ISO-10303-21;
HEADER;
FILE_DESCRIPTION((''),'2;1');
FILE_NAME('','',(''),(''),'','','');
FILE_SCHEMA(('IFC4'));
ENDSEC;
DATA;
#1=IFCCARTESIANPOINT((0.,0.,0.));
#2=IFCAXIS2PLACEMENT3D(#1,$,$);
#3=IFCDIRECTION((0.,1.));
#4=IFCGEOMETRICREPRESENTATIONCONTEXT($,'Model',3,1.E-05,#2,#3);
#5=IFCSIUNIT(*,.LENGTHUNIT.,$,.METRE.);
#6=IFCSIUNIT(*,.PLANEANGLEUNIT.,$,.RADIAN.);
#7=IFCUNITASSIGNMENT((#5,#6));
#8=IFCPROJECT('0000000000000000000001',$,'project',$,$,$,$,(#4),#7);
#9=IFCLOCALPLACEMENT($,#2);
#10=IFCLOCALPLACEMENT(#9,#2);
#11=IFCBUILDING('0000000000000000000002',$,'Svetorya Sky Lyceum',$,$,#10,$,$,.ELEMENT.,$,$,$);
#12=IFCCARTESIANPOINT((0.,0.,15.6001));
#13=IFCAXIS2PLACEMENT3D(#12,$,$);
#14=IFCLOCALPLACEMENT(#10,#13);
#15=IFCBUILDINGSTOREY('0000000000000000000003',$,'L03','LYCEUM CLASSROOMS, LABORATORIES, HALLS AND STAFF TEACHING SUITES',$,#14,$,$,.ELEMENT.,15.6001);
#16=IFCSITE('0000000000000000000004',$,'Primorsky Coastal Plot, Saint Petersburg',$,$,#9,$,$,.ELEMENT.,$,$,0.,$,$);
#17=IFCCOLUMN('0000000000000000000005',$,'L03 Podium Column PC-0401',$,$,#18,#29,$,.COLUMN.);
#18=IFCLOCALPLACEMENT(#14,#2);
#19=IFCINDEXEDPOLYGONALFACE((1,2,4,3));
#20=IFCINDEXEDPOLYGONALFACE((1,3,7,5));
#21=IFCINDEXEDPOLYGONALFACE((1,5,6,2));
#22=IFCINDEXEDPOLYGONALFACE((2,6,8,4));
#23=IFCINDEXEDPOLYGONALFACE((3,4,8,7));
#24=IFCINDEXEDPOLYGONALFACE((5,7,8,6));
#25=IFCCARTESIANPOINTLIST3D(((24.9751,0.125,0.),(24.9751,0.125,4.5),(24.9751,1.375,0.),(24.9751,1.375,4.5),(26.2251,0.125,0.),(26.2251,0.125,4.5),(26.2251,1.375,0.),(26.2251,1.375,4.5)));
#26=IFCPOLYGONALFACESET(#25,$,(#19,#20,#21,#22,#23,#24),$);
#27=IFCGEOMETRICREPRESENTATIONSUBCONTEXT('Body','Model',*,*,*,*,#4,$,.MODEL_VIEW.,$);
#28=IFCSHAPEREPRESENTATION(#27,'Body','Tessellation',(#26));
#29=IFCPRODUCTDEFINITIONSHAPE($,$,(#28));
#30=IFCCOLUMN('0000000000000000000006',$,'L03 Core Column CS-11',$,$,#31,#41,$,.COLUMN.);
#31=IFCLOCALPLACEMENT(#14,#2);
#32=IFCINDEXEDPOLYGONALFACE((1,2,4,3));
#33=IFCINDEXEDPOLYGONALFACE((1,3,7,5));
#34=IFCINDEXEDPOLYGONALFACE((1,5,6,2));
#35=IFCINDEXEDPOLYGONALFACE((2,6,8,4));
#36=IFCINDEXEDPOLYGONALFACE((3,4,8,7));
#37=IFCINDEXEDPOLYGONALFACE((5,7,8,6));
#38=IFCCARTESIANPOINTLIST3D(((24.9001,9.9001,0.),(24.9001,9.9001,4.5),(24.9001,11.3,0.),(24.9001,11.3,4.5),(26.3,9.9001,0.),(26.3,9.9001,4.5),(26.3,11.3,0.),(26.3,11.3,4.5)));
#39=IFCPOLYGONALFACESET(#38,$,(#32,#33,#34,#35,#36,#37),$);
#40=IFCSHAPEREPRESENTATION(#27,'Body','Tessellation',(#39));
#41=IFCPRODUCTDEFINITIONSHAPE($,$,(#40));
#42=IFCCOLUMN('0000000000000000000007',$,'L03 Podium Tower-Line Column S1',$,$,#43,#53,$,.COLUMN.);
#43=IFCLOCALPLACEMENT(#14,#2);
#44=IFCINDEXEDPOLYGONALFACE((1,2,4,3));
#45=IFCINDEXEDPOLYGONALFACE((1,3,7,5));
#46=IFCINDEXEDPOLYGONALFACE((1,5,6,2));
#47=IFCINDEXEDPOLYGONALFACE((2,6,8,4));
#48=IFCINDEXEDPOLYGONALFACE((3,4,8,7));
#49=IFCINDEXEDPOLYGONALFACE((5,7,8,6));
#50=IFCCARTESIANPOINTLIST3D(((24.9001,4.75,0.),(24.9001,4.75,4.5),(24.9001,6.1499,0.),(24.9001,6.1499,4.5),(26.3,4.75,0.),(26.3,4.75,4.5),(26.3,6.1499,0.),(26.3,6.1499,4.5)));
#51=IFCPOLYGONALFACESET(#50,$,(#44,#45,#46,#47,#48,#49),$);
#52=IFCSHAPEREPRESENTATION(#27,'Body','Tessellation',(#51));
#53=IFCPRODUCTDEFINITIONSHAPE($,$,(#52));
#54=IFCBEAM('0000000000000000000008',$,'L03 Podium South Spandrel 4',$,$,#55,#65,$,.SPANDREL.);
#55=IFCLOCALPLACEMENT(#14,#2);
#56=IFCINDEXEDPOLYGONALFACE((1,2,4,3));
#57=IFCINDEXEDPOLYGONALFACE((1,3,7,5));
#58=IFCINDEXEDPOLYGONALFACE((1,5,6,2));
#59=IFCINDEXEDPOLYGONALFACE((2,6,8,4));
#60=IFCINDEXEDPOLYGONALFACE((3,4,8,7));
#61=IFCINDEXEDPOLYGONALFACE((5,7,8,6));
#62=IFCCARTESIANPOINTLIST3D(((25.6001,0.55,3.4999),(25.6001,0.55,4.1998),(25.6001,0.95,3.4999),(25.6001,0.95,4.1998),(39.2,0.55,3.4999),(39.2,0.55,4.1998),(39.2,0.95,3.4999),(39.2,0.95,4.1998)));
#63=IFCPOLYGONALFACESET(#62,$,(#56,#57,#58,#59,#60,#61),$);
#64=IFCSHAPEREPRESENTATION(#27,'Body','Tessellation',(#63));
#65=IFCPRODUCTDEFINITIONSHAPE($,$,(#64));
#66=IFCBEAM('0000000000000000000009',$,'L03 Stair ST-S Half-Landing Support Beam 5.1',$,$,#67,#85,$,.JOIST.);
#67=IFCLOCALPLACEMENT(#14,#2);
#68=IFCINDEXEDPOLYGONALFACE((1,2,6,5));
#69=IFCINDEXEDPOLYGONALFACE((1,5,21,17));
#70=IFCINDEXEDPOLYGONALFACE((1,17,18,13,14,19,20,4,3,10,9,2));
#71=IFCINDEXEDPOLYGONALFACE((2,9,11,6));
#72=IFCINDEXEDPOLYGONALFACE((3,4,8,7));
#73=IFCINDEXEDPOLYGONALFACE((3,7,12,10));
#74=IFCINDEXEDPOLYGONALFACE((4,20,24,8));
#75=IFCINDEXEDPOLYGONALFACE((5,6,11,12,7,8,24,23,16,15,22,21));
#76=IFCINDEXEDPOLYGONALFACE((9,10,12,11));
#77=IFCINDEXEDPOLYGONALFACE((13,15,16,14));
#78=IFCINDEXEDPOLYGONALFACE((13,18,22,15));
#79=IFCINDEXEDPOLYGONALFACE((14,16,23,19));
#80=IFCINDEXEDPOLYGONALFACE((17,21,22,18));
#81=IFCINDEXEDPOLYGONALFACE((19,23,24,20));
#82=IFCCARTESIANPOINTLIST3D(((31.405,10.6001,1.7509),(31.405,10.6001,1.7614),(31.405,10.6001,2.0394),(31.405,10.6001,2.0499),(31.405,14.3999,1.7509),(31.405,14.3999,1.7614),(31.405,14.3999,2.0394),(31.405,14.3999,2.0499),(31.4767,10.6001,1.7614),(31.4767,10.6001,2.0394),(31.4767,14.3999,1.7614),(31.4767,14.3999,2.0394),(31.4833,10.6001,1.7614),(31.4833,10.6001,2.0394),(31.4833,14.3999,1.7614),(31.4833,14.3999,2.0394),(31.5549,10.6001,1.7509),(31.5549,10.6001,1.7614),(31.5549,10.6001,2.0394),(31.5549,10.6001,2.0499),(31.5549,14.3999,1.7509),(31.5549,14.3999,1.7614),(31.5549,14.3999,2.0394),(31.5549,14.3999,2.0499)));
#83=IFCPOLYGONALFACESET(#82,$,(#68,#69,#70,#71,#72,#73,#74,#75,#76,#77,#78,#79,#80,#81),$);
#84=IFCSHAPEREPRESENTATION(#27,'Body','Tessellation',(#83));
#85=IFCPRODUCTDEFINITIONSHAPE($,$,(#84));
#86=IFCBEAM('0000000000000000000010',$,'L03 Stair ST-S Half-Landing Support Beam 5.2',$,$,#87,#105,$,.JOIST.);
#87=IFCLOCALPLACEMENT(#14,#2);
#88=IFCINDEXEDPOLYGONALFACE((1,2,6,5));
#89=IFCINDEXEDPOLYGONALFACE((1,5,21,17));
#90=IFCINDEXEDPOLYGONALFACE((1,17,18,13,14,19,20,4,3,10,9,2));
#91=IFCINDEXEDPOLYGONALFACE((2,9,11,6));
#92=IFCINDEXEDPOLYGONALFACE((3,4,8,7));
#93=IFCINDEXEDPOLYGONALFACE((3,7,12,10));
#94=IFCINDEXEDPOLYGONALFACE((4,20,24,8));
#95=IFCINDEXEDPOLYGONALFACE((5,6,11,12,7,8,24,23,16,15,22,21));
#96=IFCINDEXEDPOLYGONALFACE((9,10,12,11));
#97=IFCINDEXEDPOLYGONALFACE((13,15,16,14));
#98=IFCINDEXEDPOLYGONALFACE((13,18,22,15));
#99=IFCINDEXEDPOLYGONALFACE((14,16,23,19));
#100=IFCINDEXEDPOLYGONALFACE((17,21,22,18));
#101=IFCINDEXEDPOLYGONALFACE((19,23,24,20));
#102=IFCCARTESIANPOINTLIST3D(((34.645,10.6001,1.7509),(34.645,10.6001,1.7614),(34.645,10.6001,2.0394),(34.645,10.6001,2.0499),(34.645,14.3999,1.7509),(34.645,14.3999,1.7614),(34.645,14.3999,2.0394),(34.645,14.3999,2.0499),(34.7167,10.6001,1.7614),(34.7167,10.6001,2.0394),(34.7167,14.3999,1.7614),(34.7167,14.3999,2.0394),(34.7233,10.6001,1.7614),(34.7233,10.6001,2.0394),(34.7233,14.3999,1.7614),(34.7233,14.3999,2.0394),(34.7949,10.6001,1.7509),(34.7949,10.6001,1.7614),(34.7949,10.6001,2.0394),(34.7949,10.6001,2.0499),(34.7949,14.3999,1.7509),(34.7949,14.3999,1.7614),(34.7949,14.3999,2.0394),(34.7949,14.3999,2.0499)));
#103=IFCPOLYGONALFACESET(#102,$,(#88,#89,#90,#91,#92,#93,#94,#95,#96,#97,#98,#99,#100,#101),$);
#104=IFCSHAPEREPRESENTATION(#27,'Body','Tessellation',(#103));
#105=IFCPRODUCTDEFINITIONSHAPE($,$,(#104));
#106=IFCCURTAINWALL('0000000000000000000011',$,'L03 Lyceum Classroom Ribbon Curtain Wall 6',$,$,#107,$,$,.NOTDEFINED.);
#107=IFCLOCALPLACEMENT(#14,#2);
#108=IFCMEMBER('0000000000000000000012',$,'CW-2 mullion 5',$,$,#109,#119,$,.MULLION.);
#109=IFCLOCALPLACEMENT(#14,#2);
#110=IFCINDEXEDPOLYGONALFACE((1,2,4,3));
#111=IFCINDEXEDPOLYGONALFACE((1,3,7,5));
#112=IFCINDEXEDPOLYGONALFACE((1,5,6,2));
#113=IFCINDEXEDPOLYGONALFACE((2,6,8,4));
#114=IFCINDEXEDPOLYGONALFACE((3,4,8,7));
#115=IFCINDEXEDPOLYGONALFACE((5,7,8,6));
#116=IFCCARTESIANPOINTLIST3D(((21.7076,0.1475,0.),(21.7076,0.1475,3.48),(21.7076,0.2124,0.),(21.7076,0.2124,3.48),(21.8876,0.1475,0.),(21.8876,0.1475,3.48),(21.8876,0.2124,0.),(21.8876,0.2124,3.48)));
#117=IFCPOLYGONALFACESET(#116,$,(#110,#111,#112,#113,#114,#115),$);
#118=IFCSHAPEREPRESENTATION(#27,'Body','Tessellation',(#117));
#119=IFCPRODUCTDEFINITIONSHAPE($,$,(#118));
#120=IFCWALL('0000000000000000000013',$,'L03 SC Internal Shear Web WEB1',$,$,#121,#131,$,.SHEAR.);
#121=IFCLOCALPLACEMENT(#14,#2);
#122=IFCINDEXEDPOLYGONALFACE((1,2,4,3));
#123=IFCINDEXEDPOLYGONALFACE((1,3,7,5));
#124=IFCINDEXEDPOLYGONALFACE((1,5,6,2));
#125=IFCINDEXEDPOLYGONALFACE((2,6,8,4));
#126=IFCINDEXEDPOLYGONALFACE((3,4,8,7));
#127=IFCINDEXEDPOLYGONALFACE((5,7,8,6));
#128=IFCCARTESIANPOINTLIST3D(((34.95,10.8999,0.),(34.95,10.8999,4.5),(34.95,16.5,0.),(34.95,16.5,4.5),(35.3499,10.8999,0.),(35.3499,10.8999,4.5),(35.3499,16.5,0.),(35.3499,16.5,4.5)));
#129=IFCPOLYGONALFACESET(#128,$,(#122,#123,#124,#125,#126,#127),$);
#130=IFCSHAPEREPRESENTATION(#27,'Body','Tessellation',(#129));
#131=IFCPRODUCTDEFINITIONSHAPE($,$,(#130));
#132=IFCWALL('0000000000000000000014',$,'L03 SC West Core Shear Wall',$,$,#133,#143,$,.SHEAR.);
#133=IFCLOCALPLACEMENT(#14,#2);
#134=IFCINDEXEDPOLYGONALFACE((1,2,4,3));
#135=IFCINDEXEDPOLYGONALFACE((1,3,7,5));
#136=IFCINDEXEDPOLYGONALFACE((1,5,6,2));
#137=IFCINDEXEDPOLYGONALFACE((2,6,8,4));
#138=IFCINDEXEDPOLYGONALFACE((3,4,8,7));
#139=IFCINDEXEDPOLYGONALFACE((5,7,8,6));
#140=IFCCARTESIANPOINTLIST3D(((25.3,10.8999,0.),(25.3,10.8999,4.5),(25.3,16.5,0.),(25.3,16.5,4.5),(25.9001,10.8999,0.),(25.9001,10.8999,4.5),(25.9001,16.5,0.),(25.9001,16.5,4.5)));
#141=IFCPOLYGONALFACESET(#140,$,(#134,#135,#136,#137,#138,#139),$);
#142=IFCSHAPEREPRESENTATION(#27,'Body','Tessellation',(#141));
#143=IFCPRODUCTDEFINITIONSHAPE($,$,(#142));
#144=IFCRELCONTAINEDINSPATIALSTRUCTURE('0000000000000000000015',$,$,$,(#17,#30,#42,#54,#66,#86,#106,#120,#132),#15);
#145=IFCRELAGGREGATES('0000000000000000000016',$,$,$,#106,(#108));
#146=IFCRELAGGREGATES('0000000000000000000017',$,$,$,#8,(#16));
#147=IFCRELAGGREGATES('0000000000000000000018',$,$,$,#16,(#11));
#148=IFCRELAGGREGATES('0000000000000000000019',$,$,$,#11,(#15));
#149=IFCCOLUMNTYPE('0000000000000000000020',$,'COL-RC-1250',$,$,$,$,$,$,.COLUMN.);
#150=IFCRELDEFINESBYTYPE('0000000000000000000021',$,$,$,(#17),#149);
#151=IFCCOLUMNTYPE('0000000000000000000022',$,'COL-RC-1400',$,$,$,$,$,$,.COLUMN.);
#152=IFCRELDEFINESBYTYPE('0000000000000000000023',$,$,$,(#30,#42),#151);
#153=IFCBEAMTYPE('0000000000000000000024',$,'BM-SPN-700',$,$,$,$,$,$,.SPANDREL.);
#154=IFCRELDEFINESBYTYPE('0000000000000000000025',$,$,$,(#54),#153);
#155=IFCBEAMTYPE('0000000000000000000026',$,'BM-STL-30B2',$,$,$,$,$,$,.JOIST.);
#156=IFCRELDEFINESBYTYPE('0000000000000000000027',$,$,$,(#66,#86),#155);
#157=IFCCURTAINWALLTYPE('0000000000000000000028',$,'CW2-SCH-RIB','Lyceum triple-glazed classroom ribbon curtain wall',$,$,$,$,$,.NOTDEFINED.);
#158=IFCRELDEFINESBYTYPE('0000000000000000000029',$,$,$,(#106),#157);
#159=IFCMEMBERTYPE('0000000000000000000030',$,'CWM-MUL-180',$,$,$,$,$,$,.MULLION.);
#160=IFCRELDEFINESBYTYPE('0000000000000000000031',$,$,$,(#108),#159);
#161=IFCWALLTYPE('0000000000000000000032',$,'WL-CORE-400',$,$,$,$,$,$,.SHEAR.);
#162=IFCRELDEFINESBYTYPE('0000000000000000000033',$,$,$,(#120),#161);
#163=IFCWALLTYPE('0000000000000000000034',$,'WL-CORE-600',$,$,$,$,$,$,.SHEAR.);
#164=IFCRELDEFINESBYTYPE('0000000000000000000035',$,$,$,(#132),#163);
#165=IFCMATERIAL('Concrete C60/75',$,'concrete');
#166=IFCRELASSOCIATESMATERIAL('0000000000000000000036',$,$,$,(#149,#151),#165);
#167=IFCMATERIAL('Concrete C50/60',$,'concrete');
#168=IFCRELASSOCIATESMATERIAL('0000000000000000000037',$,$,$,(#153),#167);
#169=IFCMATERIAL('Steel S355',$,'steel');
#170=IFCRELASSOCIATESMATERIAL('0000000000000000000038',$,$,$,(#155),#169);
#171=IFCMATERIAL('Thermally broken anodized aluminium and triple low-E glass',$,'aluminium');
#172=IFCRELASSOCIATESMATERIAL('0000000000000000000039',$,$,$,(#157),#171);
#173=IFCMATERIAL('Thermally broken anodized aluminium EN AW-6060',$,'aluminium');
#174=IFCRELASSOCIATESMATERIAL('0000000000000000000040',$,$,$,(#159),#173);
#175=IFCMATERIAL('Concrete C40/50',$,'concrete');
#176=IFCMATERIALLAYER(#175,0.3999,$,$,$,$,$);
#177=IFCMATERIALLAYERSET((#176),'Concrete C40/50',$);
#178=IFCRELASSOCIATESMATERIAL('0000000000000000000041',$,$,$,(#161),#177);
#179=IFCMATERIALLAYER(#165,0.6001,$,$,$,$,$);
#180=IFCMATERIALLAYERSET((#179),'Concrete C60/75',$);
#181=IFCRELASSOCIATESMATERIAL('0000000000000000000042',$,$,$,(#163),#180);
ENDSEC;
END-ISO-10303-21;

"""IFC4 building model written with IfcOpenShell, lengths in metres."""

from ifc_helpers import new_model, si_unit, direction, frame, frame_2d, origin, origin_2d, place, context, subcontext, project, spatial, rectangle, i_section, extrude, material, layer, layer_set, material_profile, profile_set, type_object, element, aggregate, save


model = new_model("IFC4")

# Units and contexts
model_context = context("Model", 3, precision=1e-05, world=origin(), true_north=direction((0.0, 1.0)))
body_context = subcontext(model_context, "Body", "Model", "MODEL_VIEW")
ifc_project = project(units=[si_unit("LENGTHUNIT", "METRE"), si_unit("PLANEANGLEUNIT", "RADIAN")], contexts=[model_context])

# Site, building, storey
site_placement = place(None, origin())
site = spatial("IfcSite", under=ifc_project, at=site_placement, Name="Primorsky Coastal Plot, Saint Petersburg", CompositionType="ELEMENT", RefElevation=0.0)
building_placement = place(site_placement, origin())
building = spatial("IfcBuilding", under=site, at=building_placement, Name="Svetorya Sky Lyceum", CompositionType="ELEMENT")
storey_placement = place(building_placement, frame((0.0, 0.0, 15.6001)))
storey = spatial("IfcBuildingStorey", under=building, at=storey_placement, Name="L03", Description="LYCEUM CLASSROOMS, LABORATORIES, HALLS AND STAFF TEACHING SUITES", CompositionType="ELEMENT", Elevation=15.6001)

# Columns
ifc_material_1 = material(Name="Concrete C60/75", Category="concrete")
ifc_material_profile_1 = material_profile(ifc_material_1, rectangle(XDim=1.25, YDim=1.25, at=origin_2d()), Name="RC COL 1250x1250")
ifc_profile_set_1 = profile_set([ifc_material_profile_1], Name="Concrete C60/75")
column_type_1 = type_object("IfcColumnType", Name="COL-RC-1250", PredefinedType="COLUMN", material=ifc_profile_set_1)
column_placement = place(storey_placement, frame((25.6001, 0.75, 0.0), z_axis=(0.0, 0.0, 1.0), x_axis=(1.0, 0.0, 0.0)))
element("IfcColumn", 1, at=column_placement, inside=storey, type_object=column_type_1, Name="L03 Podium Column PC-0401", PredefinedType="COLUMN", context=body_context, shape_type="SweptSolid", body=[
    extrude(rectangle(XDim=1.25, YDim=1.25, at=origin_2d()), origin(), (0.0, 0.0, 1.0), 4.5),
])
ifc_material_profile_2 = material_profile(ifc_material_1, rectangle(XDim=1.3999, YDim=1.3999, at=origin_2d()), Name="RC COL 1400x1400")
ifc_profile_set_2 = profile_set([ifc_material_profile_2], Name="Concrete C60/75")
column_type_2 = type_object("IfcColumnType", Name="COL-RC-1400", PredefinedType="COLUMN", material=ifc_profile_set_2)
for number, where, z_axis, x_axis, name in (
    (2, (25.6001, 10.6001, 0.0), (0.0, 0.0, 1.0), (1.0, 0.0, 0.0), "L03 Core Column CS-11"),
    (3, (25.6001, 5.45, 0.0), (0.0, 0.0, 1.0), (1.0, 0.0, 0.0), "L03 Podium Tower-Line Column S1"),
):
    element("IfcColumn", number, at=place(storey_placement, frame(where, z_axis=z_axis, x_axis=x_axis)), inside=storey, type_object=column_type_2, Name=name, PredefinedType="COLUMN", context=body_context, shape_type="SweptSolid", body=[
        extrude(rectangle(XDim=1.3999, YDim=1.3999, at=origin_2d()), origin(), (0.0, 0.0, 1.0), 4.5),
    ])

# Beams
ifc_material_2 = material(Name="Concrete C50/60", Category="concrete")
ifc_material_profile_3 = material_profile(ifc_material_2, rectangle(XDim=0.3999, YDim=0.7, at=origin_2d()), Name="RC SPANDREL 400x700")
ifc_profile_set_3 = profile_set([ifc_material_profile_3], Name="Concrete C50/60")
beam_type_1 = type_object("IfcBeamType", Name="BM-SPN-700", PredefinedType="SPANDREL", material=ifc_profile_set_3)
beam_placement = place(storey_placement, frame((25.6001, 0.75, 3.8499), z_axis=(1.0, 0.0, 0.0), x_axis=(0.0, 1.0, 0.0)))
element("IfcBeam", 4, at=beam_placement, inside=storey, type_object=beam_type_1, Name="L03 Podium South Spandrel 4", PredefinedType="SPANDREL", context=body_context, shape_type="SweptSolid", body=[
    extrude(rectangle(XDim=0.3999, YDim=0.7, at=origin_2d()), origin(), (0.0, 0.0, 1.0), 13.5999),
])
ifc_material_3 = material(Name="Steel S355", Category="steel")
ifc_material_profile_4 = material_profile(ifc_material_3, i_section(OverallWidth=0.1499, OverallDepth=0.2991, WebThickness=0.0066, FlangeThickness=0.0105, at=origin_2d()), Name="GOST 30B2")
ifc_profile_set_4 = profile_set([ifc_material_profile_4], Name="Steel S355")
beam_type_2 = type_object("IfcBeamType", Name="BM-STL-30B2", PredefinedType="JOIST", material=ifc_profile_set_4)
for number, where, z_axis, x_axis, name in (
    (5, (31.48, 10.6001, 1.9004), (0.0, 1.0, 0.0), (-1.0, 0.0, 0.0), "L03 Stair ST-S Half-Landing Support Beam 5.1"),
    (6, (34.72, 10.6001, 1.9004), (0.0, 1.0, 0.0), (-1.0, 0.0, 0.0), "L03 Stair ST-S Half-Landing Support Beam 5.2"),
):
    element("IfcBeam", number, at=place(storey_placement, frame(where, z_axis=z_axis, x_axis=x_axis)), inside=storey, type_object=beam_type_2, Name=name, PredefinedType="JOIST", context=body_context, shape_type="SweptSolid", body=[
        extrude(i_section(OverallWidth=0.1499, OverallDepth=0.2991, WebThickness=0.0066, FlangeThickness=0.0105, at=origin_2d()), origin(), (0.0, 0.0, 1.0), 3.7998),
    ])

# Curtain wall, member
ifc_material_4 = material(Name="Thermally broken anodized aluminium and triple low-E glass", Category="aluminium")
curtain_wall_type = type_object("IfcCurtainWallType", Name="CW2-SCH-RIB", Description="Lyceum triple-glazed classroom ribbon curtain wall", PredefinedType="NOTDEFINED", material=ifc_material_4)
curtain_wall_placement = place(storey_placement, origin())
curtain_wall = element("IfcCurtainWall", 7, at=curtain_wall_placement, inside=storey, type_object=curtain_wall_type, Name="L03 Lyceum Classroom Ribbon Curtain Wall 6", PredefinedType="NOTDEFINED")
ifc_material_5 = material(Name="Thermally broken anodized aluminium EN AW-6060", Category="aluminium")
ifc_material_profile_5 = material_profile(ifc_material_5, rectangle(XDim=0.0649, YDim=0.1799, at=origin_2d()), Name="ALU MULLION 65x180")
ifc_profile_set_5 = profile_set([ifc_material_profile_5], Name="Thermally broken anodized aluminium EN AW-6060")
member_type = type_object("IfcMemberType", Name="CWM-MUL-180", PredefinedType="MULLION", material=ifc_profile_set_5)
member_placement = place(storey_placement, frame((21.7976, 0.1799, 0.0), z_axis=(0.0, 0.0, 1.0), x_axis=(0.0, 1.0, 0.0)))
member = element("IfcMember", 8, at=member_placement, type_object=member_type, Name="CW-2 mullion 5", PredefinedType="MULLION", context=body_context, shape_type="SweptSolid", body=[
    extrude(rectangle(XDim=0.0649, YDim=0.1799, at=origin_2d()), origin(), (0.0, 0.0, 1.0), 3.48),
])
aggregate(curtain_wall, [member])

# Walls
ifc_material_6 = material(Name="Concrete C40/50", Category="concrete")
ifc_layer_1 = layer(ifc_material_6, 0.3999)
ifc_layer_set_1 = layer_set([ifc_layer_1], Name="Concrete C40/50")
wall_type_1 = type_object("IfcWallType", Name="WL-CORE-400", PredefinedType="SHEAR", material=ifc_layer_set_1)
wall_1_placement = place(storey_placement, frame((35.1499, 10.8999, 0.0), z_axis=(0.0, 0.0, 1.0), x_axis=(0.0, 1.0, 0.0)))
element("IfcWall", 9, at=wall_1_placement, inside=storey, type_object=wall_type_1, Name="L03 SC Internal Shear Web WEB1", PredefinedType="SHEAR", context=body_context, shape_type="SweptSolid", body=[
    extrude(rectangle(XDim=5.6001, YDim=0.3999, at=frame_2d((2.8, 0.0))), origin(), (0.0, 0.0, 1.0), 4.5),
])
ifc_layer_2 = layer(ifc_material_1, 0.6001)
ifc_layer_set_2 = layer_set([ifc_layer_2], Name="Concrete C60/75")
wall_type_2 = type_object("IfcWallType", Name="WL-CORE-600", PredefinedType="SHEAR", material=ifc_layer_set_2)
wall_2_placement = place(storey_placement, frame((25.6001, 10.8999, 0.0), z_axis=(0.0, 0.0, 1.0), x_axis=(0.0, 1.0, 0.0)))
element("IfcWall", 10, at=wall_2_placement, inside=storey, type_object=wall_type_2, Name="L03 SC West Core Shear Wall", PredefinedType="SHEAR", context=body_context, shape_type="SweptSolid", body=[
    extrude(rectangle(XDim=5.6001, YDim=0.6001, at=frame_2d((2.8, 0.0))), origin(), (0.0, 0.0, 1.0), 4.5),
])

save(model, "model.ifc")
